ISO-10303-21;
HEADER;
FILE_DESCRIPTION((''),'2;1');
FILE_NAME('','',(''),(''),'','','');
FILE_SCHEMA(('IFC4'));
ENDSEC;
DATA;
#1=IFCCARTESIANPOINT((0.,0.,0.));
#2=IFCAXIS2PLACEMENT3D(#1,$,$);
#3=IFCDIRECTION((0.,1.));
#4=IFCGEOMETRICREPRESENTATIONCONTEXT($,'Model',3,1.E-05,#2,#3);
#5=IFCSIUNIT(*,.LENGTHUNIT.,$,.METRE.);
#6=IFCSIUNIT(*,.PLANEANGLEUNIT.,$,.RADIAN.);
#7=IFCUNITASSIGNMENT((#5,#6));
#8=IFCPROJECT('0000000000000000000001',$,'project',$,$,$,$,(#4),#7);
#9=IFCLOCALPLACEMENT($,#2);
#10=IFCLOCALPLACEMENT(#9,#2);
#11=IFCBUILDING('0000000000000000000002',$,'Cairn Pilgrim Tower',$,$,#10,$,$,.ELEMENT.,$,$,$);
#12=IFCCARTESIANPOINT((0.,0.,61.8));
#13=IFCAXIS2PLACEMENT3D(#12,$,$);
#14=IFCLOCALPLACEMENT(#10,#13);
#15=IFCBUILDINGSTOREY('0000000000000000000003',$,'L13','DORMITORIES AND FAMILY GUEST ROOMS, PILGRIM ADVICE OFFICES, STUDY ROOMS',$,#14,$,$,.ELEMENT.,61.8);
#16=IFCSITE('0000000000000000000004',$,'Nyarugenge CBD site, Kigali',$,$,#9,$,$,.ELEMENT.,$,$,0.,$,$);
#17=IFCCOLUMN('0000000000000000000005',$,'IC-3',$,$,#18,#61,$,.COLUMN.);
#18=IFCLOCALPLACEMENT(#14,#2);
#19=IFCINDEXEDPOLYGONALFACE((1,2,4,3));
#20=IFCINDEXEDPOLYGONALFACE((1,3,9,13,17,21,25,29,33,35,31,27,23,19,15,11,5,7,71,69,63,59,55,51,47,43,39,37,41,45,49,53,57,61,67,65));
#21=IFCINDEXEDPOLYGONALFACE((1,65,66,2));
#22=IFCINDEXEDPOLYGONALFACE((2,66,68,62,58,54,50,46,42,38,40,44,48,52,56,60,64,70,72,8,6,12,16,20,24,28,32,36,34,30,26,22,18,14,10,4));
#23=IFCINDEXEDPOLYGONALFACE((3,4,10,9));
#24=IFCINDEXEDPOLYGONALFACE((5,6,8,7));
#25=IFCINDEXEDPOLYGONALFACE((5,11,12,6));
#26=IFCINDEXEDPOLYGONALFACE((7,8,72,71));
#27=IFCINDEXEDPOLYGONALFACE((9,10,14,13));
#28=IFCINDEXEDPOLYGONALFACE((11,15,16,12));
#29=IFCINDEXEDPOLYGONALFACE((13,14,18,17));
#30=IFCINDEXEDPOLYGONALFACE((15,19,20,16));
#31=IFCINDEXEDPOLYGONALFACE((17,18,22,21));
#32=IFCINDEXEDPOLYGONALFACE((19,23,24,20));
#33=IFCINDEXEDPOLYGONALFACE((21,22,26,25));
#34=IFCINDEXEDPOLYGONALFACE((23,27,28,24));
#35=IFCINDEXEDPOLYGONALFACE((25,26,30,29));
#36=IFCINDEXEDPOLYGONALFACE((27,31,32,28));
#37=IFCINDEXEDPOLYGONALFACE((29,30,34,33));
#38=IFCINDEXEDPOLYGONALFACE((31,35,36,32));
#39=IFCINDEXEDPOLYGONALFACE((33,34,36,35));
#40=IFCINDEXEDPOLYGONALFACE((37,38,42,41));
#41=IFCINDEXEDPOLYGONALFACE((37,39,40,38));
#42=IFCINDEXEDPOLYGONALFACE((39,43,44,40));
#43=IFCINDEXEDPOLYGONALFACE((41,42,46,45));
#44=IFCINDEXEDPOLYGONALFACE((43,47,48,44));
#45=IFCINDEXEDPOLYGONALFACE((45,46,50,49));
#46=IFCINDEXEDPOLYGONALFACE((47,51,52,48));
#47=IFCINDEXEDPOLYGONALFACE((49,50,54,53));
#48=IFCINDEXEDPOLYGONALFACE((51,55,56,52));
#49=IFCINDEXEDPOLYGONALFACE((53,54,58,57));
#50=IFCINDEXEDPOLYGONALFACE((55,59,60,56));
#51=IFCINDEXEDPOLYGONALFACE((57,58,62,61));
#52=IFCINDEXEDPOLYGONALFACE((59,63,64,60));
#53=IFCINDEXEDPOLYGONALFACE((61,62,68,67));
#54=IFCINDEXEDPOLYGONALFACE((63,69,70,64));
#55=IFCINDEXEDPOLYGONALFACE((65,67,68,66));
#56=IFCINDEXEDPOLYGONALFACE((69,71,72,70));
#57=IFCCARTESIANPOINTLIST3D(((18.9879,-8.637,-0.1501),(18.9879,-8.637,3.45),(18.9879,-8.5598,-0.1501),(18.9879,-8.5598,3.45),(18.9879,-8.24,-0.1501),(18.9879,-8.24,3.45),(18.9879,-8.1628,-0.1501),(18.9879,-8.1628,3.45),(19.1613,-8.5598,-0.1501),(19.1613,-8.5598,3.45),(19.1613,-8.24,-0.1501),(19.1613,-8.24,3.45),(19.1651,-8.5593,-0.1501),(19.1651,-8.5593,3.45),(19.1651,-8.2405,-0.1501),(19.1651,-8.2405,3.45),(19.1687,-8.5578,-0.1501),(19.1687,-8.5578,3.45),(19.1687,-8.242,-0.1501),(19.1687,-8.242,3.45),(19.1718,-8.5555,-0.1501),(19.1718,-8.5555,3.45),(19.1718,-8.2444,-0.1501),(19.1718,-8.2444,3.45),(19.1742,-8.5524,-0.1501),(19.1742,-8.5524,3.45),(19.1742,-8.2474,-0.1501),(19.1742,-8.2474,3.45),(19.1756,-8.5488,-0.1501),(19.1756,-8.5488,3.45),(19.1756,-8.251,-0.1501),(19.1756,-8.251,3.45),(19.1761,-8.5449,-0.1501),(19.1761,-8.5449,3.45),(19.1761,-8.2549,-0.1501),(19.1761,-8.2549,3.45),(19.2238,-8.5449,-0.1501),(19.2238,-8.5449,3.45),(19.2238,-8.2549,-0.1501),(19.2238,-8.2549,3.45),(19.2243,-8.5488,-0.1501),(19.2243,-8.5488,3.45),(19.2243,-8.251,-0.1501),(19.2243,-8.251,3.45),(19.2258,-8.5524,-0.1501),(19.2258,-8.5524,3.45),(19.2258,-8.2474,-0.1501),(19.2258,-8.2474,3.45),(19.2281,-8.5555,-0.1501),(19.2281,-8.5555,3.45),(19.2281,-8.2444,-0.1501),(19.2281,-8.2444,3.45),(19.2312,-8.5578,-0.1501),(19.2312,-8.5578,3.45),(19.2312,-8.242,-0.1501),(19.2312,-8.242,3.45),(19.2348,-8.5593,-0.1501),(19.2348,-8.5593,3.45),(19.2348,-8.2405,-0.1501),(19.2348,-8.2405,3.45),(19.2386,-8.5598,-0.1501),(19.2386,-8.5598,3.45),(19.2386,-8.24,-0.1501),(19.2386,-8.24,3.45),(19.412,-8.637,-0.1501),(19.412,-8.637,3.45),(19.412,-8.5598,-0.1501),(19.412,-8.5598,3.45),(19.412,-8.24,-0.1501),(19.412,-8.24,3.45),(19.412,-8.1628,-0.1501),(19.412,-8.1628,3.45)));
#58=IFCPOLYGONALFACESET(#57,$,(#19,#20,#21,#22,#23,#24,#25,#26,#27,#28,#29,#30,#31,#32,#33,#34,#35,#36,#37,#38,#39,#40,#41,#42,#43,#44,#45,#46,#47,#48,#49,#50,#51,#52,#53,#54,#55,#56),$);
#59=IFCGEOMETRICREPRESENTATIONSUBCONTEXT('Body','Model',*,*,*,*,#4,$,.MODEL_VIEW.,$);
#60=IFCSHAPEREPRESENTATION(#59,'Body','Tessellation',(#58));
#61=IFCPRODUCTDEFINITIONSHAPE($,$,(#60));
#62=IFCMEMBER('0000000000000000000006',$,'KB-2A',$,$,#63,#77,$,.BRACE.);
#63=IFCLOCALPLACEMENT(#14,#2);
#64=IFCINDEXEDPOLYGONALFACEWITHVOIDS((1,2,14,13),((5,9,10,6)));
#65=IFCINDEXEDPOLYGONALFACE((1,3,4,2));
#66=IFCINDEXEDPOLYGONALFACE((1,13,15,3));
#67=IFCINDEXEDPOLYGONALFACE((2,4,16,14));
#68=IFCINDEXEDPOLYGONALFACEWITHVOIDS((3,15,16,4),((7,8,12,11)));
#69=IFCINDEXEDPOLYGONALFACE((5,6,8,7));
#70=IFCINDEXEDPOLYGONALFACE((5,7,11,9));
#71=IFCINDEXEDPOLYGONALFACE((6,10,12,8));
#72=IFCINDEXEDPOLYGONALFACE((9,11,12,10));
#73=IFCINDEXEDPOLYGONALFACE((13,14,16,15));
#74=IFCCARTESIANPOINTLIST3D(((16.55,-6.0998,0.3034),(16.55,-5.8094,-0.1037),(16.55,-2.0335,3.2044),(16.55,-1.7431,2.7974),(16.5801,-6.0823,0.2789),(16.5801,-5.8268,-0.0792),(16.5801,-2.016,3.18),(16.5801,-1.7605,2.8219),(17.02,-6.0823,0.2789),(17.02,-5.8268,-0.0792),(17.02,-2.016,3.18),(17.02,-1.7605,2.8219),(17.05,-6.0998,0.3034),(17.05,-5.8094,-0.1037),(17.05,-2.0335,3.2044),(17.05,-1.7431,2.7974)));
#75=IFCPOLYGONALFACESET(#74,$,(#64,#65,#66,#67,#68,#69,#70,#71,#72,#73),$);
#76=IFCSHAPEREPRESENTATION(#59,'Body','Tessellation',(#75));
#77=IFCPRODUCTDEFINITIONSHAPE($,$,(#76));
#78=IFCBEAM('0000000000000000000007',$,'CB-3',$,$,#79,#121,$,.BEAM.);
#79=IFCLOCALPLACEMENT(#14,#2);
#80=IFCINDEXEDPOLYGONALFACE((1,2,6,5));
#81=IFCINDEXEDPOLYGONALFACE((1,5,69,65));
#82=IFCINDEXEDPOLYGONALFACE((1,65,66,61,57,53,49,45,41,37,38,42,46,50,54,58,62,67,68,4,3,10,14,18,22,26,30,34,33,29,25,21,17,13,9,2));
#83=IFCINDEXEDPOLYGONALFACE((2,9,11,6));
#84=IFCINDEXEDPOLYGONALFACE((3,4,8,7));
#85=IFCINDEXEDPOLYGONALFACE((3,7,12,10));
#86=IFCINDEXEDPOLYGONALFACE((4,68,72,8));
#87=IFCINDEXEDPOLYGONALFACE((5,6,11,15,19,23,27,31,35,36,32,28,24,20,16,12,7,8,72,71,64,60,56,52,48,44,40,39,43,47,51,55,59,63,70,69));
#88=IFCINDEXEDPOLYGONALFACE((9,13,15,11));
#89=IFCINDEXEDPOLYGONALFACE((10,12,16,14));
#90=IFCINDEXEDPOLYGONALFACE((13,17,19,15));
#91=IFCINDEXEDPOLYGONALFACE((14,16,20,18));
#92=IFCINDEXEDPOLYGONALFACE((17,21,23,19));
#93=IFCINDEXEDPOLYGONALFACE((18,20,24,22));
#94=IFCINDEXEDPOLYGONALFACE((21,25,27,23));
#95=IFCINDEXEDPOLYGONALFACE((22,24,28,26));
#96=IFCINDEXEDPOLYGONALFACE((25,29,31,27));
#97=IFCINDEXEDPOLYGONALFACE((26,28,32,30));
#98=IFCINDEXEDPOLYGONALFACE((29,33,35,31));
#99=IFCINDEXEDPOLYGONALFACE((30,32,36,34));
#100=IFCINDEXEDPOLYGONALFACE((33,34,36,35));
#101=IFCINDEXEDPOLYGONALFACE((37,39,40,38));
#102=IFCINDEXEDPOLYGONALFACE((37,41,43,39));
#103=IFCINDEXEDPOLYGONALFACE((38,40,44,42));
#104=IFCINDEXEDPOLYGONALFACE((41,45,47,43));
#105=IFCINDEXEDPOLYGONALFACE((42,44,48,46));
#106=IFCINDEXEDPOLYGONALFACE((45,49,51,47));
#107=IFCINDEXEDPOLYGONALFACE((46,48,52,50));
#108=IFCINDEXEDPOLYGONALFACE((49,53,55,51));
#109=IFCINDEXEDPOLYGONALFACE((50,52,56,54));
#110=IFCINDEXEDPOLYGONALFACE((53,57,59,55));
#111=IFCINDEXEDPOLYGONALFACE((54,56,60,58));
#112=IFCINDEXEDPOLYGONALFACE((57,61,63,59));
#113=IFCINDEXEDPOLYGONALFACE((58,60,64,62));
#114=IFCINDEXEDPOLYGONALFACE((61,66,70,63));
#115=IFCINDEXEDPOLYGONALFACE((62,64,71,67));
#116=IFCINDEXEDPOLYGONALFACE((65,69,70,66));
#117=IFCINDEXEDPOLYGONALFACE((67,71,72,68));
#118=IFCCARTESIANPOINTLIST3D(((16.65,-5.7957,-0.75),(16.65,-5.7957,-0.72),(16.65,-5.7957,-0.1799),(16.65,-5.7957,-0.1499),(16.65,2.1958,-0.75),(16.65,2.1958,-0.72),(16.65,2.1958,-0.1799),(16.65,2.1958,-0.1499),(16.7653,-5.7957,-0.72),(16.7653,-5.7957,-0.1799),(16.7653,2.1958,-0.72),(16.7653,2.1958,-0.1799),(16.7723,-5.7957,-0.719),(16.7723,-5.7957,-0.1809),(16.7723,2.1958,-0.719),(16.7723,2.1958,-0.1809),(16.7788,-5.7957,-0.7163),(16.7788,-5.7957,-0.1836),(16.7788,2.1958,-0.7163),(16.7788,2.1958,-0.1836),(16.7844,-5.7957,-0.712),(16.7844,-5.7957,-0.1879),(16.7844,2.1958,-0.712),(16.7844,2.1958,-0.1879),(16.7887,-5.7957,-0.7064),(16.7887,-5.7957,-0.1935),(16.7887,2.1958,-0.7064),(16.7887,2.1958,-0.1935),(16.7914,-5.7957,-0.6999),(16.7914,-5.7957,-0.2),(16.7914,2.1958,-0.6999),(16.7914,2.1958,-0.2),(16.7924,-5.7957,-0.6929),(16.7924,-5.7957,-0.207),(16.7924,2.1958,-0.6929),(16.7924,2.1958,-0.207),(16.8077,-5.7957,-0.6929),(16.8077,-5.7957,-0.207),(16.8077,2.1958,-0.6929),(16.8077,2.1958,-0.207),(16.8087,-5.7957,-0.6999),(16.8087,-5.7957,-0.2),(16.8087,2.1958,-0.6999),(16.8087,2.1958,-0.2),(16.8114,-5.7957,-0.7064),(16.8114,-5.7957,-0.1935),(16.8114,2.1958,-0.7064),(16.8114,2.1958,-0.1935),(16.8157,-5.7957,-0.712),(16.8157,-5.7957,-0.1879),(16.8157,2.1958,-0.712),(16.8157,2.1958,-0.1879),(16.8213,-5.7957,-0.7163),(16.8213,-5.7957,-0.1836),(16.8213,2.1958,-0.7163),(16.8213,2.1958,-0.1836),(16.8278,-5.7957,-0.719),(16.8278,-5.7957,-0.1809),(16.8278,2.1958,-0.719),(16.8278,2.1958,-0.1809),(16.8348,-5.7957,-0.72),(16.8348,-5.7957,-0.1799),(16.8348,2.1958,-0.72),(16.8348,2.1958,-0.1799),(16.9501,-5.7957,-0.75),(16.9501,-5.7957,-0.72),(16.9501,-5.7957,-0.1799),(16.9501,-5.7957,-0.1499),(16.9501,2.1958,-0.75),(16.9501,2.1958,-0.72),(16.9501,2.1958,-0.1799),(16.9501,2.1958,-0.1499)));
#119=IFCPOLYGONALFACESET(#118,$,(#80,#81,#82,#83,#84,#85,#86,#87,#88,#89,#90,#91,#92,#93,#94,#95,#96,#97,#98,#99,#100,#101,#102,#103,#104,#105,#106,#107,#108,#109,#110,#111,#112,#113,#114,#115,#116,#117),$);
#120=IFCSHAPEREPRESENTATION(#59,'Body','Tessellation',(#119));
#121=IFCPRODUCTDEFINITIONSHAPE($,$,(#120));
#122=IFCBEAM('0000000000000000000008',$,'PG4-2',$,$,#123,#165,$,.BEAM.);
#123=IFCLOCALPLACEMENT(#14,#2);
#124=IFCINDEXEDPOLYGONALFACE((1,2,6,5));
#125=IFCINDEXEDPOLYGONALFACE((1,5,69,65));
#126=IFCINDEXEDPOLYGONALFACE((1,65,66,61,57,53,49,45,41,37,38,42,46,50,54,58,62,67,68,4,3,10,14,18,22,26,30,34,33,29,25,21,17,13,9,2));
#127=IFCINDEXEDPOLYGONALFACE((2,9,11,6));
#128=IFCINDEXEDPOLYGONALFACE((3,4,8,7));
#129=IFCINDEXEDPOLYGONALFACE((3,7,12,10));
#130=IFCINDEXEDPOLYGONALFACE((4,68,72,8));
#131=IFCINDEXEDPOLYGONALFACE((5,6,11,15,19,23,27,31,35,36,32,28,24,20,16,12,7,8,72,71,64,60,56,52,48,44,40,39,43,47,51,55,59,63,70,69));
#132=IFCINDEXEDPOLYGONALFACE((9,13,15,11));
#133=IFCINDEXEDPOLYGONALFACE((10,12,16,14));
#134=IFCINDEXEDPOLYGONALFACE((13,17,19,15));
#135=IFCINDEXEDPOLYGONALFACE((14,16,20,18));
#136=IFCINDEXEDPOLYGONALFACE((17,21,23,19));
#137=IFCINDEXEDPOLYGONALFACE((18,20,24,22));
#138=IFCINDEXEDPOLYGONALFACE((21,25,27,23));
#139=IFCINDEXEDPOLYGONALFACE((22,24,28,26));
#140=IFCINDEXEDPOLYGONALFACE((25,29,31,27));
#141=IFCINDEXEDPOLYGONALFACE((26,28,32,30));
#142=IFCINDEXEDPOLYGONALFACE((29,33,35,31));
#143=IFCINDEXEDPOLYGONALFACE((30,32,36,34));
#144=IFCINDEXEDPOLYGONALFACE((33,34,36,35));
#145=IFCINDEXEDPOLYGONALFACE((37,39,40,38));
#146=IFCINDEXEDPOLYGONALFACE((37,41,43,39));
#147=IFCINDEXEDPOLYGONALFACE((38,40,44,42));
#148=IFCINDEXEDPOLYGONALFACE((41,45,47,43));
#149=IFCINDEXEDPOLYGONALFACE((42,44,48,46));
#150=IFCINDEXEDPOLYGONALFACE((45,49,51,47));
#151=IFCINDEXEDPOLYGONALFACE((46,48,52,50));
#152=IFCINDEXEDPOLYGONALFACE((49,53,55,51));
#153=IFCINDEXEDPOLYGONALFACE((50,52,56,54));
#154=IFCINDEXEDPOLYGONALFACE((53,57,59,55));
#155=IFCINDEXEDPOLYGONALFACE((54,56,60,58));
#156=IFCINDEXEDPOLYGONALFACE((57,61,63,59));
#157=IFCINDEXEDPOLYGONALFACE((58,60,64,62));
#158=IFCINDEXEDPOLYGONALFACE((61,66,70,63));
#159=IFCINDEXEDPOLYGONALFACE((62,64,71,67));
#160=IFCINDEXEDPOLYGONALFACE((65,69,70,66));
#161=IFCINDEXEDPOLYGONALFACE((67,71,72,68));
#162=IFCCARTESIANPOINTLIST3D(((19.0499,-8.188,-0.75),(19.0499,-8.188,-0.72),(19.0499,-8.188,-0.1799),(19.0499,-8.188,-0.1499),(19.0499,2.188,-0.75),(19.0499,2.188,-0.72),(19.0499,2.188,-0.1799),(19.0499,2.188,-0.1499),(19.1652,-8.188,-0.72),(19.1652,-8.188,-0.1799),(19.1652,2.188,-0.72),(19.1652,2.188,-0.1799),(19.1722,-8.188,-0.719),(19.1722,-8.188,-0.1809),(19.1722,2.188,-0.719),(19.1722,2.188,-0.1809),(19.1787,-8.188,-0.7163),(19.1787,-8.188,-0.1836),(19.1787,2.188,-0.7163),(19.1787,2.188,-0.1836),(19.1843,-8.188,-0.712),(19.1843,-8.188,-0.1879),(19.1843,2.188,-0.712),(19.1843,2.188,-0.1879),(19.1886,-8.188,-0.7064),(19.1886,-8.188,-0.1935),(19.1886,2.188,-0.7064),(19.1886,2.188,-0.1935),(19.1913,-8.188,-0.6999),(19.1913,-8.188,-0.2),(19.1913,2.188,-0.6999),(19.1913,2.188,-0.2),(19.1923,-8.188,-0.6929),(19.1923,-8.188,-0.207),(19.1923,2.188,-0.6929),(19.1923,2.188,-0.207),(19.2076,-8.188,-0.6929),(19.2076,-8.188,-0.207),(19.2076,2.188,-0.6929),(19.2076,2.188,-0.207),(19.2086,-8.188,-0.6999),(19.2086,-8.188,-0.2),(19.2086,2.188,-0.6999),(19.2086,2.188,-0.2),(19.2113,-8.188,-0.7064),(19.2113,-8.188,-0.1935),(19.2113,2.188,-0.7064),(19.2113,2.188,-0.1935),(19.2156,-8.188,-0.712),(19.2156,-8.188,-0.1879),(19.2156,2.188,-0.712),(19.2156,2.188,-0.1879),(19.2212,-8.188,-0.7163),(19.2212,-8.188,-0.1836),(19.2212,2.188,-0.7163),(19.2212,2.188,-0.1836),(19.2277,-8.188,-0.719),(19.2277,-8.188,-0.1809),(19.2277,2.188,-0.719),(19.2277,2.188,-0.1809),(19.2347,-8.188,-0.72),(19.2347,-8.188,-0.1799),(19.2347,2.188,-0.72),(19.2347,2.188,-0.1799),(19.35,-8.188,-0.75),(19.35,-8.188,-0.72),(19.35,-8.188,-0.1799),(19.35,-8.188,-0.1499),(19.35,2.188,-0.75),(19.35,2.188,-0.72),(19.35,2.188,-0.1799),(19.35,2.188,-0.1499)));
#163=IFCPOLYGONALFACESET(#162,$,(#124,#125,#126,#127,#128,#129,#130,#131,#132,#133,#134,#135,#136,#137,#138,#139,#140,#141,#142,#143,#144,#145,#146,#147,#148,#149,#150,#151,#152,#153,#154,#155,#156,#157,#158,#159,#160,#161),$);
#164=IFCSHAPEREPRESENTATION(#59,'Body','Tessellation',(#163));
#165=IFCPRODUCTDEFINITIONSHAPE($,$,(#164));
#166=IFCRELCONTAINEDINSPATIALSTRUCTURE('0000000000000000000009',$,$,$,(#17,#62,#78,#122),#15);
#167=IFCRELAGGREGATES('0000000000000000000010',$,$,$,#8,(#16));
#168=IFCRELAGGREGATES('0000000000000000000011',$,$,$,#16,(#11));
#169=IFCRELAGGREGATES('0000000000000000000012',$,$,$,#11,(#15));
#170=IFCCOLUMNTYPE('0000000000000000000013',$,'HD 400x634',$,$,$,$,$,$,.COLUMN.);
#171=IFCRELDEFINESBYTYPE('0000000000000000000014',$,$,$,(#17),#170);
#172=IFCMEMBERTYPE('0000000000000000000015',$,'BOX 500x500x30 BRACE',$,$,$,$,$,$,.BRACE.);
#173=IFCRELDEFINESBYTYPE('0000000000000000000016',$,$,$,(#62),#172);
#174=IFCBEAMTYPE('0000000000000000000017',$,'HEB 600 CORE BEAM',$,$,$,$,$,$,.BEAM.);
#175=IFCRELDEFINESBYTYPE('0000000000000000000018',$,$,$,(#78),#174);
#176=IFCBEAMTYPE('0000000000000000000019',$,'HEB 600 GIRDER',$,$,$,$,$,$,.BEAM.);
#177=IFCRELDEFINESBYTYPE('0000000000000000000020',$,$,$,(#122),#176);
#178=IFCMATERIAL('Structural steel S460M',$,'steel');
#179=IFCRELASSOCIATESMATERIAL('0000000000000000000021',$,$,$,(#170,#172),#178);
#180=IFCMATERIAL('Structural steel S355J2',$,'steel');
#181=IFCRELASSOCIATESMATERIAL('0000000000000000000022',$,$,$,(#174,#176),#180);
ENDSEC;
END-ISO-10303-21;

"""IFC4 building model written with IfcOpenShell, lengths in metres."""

from ifc_helpers import new_model, si_unit, direction, frame, origin, origin_2d, place, context, subcontext, project, spatial, hollow_rectangle, i_section, extrude, material, material_profile, profile_set, type_object, element, save


model = new_model("IFC4")

# Units and contexts
model_context = context("Model", 3, precision=1e-05, world=origin(), true_north=direction((0.0, 1.0)))
body_context = subcontext(model_context, "Body", "Model", "MODEL_VIEW")
ifc_project = project(units=[si_unit("LENGTHUNIT", "METRE"), si_unit("PLANEANGLEUNIT", "RADIAN")], contexts=[model_context])

# Site, building, storey
site_placement = place(None, origin())
site = spatial("IfcSite", under=ifc_project, at=site_placement, Name="Nyarugenge CBD site, Kigali", CompositionType="ELEMENT", RefElevation=0.0)
building_placement = place(site_placement, origin())
building = spatial("IfcBuilding", under=site, at=building_placement, Name="Cairn Pilgrim Tower", CompositionType="ELEMENT")
storey_placement = place(building_placement, frame((0.0, 0.0, 61.8)))
storey = spatial("IfcBuildingStorey", under=building, at=storey_placement, Name="L13", Description="DORMITORIES AND FAMILY GUEST ROOMS, PILGRIM ADVICE OFFICES, STUDY ROOMS", CompositionType="ELEMENT", Elevation=61.8)

# Column
ifc_material_1 = material(Name="Structural steel S460M", Category="steel")
ifc_material_profile_1 = material_profile(ifc_material_1, i_section(OverallWidth=0.4241, OverallDepth=0.4741, WebThickness=0.0476, FlangeThickness=0.0771, FilletRadius=0.0149, at=origin_2d()), Name="HD 400x634")
ifc_profile_set_1 = profile_set([ifc_material_profile_1], Name="Structural steel S460M")
column_type = type_object("IfcColumnType", Name="HD 400x634", PredefinedType="COLUMN", material=ifc_profile_set_1)
column_placement = place(storey_placement, frame((19.2, -8.3999, -0.1501), z_axis=(0.0, 0.0, 1.0), x_axis=(1.0, 0.0, 0.0)))
element("IfcColumn", 1, at=column_placement, inside=storey, type_object=column_type, Name="IC-3", PredefinedType="COLUMN", context=body_context, shape_type="SweptSolid", body=[
    extrude(i_section(OverallWidth=0.4241, OverallDepth=0.4741, WebThickness=0.0476, FlangeThickness=0.0771, FilletRadius=0.0149, at=origin_2d()), origin(), (0.0, 0.0, 1.0), 3.6001),
])

# Member
ifc_material_profile_2 = material_profile(ifc_material_1, hollow_rectangle(XDim=0.5, YDim=0.5, WallThickness=0.03, at=origin_2d()), Name="BOX 500x500x30")
ifc_profile_set_2 = profile_set([ifc_material_profile_2], Name="Structural steel S460M")
member_type = type_object("IfcMemberType", Name="BOX 500x500x30 BRACE", PredefinedType="BRACE", material=ifc_profile_set_2)
member_placement = place(storey_placement, frame((16.8, -5.9546, 0.0999), z_axis=(0.0, 0.81406, 0.58078), x_axis=(-1.0, 0.0, 0.0)))
element("IfcMember", 2, at=member_placement, inside=storey, type_object=member_type, Name="KB-2A", PredefinedType="BRACE", context=body_context, shape_type="SweptSolid", body=[
    extrude(hollow_rectangle(XDim=0.5, YDim=0.5, WallThickness=0.03, at=origin_2d()), origin(), (0.0, 0.0, 1.0), 4.9951),
])

# Beams
ifc_material_2 = material(Name="Structural steel S355J2", Category="steel")
ifc_material_profile_3 = material_profile(ifc_material_2, i_section(OverallWidth=0.3, OverallDepth=0.6001, WebThickness=0.0154, FlangeThickness=0.03, FilletRadius=0.0271, at=origin_2d()), Name="HEB 600")
ifc_profile_set_3 = profile_set([ifc_material_profile_3], Name="Structural steel S355J2")
beam_type_1 = type_object("IfcBeamType", Name="HEB 600 CORE BEAM", PredefinedType="BEAM", material=ifc_profile_set_3)
beam_1_placement = place(storey_placement, frame((16.8, -5.7957, -0.45), z_axis=(0.0, 1.0, 0.0), x_axis=(-1.0, 0.0, 0.0)))
element("IfcBeam", 3, at=beam_1_placement, inside=storey, type_object=beam_type_1, Name="CB-3", PredefinedType="BEAM", context=body_context, shape_type="SweptSolid", body=[
    extrude(i_section(OverallWidth=0.3, OverallDepth=0.6001, WebThickness=0.0154, FlangeThickness=0.03, FilletRadius=0.0271, at=origin_2d()), origin(), (0.0, 0.0, 1.0), 7.9915),
])
ifc_material_profile_4 = material_profile(ifc_material_2, i_section(OverallWidth=0.3, OverallDepth=0.6001, WebThickness=0.0154, FlangeThickness=0.03, FilletRadius=0.0271, at=origin_2d()), Name="HEB 600")
ifc_profile_set_4 = profile_set([ifc_material_profile_4], Name="Structural steel S355J2")
beam_type_2 = type_object("IfcBeamType", Name="HEB 600 GIRDER", PredefinedType="BEAM", material=ifc_profile_set_4)
beam_2_placement = place(storey_placement, frame((19.2, -8.188, -0.45), z_axis=(0.0, 1.0, 0.0), x_axis=(-1.0, 0.0, 0.0)))
element("IfcBeam", 4, at=beam_2_placement, inside=storey, type_object=beam_type_2, Name="PG4-2", PredefinedType="BEAM", context=body_context, shape_type="SweptSolid", body=[
    extrude(i_section(OverallWidth=0.3, OverallDepth=0.6001, WebThickness=0.0154, FlangeThickness=0.03, FilletRadius=0.0271, at=origin_2d()), origin(), (0.0, 0.0, 1.0), 10.376),
])

save(model, "model.ifc")
